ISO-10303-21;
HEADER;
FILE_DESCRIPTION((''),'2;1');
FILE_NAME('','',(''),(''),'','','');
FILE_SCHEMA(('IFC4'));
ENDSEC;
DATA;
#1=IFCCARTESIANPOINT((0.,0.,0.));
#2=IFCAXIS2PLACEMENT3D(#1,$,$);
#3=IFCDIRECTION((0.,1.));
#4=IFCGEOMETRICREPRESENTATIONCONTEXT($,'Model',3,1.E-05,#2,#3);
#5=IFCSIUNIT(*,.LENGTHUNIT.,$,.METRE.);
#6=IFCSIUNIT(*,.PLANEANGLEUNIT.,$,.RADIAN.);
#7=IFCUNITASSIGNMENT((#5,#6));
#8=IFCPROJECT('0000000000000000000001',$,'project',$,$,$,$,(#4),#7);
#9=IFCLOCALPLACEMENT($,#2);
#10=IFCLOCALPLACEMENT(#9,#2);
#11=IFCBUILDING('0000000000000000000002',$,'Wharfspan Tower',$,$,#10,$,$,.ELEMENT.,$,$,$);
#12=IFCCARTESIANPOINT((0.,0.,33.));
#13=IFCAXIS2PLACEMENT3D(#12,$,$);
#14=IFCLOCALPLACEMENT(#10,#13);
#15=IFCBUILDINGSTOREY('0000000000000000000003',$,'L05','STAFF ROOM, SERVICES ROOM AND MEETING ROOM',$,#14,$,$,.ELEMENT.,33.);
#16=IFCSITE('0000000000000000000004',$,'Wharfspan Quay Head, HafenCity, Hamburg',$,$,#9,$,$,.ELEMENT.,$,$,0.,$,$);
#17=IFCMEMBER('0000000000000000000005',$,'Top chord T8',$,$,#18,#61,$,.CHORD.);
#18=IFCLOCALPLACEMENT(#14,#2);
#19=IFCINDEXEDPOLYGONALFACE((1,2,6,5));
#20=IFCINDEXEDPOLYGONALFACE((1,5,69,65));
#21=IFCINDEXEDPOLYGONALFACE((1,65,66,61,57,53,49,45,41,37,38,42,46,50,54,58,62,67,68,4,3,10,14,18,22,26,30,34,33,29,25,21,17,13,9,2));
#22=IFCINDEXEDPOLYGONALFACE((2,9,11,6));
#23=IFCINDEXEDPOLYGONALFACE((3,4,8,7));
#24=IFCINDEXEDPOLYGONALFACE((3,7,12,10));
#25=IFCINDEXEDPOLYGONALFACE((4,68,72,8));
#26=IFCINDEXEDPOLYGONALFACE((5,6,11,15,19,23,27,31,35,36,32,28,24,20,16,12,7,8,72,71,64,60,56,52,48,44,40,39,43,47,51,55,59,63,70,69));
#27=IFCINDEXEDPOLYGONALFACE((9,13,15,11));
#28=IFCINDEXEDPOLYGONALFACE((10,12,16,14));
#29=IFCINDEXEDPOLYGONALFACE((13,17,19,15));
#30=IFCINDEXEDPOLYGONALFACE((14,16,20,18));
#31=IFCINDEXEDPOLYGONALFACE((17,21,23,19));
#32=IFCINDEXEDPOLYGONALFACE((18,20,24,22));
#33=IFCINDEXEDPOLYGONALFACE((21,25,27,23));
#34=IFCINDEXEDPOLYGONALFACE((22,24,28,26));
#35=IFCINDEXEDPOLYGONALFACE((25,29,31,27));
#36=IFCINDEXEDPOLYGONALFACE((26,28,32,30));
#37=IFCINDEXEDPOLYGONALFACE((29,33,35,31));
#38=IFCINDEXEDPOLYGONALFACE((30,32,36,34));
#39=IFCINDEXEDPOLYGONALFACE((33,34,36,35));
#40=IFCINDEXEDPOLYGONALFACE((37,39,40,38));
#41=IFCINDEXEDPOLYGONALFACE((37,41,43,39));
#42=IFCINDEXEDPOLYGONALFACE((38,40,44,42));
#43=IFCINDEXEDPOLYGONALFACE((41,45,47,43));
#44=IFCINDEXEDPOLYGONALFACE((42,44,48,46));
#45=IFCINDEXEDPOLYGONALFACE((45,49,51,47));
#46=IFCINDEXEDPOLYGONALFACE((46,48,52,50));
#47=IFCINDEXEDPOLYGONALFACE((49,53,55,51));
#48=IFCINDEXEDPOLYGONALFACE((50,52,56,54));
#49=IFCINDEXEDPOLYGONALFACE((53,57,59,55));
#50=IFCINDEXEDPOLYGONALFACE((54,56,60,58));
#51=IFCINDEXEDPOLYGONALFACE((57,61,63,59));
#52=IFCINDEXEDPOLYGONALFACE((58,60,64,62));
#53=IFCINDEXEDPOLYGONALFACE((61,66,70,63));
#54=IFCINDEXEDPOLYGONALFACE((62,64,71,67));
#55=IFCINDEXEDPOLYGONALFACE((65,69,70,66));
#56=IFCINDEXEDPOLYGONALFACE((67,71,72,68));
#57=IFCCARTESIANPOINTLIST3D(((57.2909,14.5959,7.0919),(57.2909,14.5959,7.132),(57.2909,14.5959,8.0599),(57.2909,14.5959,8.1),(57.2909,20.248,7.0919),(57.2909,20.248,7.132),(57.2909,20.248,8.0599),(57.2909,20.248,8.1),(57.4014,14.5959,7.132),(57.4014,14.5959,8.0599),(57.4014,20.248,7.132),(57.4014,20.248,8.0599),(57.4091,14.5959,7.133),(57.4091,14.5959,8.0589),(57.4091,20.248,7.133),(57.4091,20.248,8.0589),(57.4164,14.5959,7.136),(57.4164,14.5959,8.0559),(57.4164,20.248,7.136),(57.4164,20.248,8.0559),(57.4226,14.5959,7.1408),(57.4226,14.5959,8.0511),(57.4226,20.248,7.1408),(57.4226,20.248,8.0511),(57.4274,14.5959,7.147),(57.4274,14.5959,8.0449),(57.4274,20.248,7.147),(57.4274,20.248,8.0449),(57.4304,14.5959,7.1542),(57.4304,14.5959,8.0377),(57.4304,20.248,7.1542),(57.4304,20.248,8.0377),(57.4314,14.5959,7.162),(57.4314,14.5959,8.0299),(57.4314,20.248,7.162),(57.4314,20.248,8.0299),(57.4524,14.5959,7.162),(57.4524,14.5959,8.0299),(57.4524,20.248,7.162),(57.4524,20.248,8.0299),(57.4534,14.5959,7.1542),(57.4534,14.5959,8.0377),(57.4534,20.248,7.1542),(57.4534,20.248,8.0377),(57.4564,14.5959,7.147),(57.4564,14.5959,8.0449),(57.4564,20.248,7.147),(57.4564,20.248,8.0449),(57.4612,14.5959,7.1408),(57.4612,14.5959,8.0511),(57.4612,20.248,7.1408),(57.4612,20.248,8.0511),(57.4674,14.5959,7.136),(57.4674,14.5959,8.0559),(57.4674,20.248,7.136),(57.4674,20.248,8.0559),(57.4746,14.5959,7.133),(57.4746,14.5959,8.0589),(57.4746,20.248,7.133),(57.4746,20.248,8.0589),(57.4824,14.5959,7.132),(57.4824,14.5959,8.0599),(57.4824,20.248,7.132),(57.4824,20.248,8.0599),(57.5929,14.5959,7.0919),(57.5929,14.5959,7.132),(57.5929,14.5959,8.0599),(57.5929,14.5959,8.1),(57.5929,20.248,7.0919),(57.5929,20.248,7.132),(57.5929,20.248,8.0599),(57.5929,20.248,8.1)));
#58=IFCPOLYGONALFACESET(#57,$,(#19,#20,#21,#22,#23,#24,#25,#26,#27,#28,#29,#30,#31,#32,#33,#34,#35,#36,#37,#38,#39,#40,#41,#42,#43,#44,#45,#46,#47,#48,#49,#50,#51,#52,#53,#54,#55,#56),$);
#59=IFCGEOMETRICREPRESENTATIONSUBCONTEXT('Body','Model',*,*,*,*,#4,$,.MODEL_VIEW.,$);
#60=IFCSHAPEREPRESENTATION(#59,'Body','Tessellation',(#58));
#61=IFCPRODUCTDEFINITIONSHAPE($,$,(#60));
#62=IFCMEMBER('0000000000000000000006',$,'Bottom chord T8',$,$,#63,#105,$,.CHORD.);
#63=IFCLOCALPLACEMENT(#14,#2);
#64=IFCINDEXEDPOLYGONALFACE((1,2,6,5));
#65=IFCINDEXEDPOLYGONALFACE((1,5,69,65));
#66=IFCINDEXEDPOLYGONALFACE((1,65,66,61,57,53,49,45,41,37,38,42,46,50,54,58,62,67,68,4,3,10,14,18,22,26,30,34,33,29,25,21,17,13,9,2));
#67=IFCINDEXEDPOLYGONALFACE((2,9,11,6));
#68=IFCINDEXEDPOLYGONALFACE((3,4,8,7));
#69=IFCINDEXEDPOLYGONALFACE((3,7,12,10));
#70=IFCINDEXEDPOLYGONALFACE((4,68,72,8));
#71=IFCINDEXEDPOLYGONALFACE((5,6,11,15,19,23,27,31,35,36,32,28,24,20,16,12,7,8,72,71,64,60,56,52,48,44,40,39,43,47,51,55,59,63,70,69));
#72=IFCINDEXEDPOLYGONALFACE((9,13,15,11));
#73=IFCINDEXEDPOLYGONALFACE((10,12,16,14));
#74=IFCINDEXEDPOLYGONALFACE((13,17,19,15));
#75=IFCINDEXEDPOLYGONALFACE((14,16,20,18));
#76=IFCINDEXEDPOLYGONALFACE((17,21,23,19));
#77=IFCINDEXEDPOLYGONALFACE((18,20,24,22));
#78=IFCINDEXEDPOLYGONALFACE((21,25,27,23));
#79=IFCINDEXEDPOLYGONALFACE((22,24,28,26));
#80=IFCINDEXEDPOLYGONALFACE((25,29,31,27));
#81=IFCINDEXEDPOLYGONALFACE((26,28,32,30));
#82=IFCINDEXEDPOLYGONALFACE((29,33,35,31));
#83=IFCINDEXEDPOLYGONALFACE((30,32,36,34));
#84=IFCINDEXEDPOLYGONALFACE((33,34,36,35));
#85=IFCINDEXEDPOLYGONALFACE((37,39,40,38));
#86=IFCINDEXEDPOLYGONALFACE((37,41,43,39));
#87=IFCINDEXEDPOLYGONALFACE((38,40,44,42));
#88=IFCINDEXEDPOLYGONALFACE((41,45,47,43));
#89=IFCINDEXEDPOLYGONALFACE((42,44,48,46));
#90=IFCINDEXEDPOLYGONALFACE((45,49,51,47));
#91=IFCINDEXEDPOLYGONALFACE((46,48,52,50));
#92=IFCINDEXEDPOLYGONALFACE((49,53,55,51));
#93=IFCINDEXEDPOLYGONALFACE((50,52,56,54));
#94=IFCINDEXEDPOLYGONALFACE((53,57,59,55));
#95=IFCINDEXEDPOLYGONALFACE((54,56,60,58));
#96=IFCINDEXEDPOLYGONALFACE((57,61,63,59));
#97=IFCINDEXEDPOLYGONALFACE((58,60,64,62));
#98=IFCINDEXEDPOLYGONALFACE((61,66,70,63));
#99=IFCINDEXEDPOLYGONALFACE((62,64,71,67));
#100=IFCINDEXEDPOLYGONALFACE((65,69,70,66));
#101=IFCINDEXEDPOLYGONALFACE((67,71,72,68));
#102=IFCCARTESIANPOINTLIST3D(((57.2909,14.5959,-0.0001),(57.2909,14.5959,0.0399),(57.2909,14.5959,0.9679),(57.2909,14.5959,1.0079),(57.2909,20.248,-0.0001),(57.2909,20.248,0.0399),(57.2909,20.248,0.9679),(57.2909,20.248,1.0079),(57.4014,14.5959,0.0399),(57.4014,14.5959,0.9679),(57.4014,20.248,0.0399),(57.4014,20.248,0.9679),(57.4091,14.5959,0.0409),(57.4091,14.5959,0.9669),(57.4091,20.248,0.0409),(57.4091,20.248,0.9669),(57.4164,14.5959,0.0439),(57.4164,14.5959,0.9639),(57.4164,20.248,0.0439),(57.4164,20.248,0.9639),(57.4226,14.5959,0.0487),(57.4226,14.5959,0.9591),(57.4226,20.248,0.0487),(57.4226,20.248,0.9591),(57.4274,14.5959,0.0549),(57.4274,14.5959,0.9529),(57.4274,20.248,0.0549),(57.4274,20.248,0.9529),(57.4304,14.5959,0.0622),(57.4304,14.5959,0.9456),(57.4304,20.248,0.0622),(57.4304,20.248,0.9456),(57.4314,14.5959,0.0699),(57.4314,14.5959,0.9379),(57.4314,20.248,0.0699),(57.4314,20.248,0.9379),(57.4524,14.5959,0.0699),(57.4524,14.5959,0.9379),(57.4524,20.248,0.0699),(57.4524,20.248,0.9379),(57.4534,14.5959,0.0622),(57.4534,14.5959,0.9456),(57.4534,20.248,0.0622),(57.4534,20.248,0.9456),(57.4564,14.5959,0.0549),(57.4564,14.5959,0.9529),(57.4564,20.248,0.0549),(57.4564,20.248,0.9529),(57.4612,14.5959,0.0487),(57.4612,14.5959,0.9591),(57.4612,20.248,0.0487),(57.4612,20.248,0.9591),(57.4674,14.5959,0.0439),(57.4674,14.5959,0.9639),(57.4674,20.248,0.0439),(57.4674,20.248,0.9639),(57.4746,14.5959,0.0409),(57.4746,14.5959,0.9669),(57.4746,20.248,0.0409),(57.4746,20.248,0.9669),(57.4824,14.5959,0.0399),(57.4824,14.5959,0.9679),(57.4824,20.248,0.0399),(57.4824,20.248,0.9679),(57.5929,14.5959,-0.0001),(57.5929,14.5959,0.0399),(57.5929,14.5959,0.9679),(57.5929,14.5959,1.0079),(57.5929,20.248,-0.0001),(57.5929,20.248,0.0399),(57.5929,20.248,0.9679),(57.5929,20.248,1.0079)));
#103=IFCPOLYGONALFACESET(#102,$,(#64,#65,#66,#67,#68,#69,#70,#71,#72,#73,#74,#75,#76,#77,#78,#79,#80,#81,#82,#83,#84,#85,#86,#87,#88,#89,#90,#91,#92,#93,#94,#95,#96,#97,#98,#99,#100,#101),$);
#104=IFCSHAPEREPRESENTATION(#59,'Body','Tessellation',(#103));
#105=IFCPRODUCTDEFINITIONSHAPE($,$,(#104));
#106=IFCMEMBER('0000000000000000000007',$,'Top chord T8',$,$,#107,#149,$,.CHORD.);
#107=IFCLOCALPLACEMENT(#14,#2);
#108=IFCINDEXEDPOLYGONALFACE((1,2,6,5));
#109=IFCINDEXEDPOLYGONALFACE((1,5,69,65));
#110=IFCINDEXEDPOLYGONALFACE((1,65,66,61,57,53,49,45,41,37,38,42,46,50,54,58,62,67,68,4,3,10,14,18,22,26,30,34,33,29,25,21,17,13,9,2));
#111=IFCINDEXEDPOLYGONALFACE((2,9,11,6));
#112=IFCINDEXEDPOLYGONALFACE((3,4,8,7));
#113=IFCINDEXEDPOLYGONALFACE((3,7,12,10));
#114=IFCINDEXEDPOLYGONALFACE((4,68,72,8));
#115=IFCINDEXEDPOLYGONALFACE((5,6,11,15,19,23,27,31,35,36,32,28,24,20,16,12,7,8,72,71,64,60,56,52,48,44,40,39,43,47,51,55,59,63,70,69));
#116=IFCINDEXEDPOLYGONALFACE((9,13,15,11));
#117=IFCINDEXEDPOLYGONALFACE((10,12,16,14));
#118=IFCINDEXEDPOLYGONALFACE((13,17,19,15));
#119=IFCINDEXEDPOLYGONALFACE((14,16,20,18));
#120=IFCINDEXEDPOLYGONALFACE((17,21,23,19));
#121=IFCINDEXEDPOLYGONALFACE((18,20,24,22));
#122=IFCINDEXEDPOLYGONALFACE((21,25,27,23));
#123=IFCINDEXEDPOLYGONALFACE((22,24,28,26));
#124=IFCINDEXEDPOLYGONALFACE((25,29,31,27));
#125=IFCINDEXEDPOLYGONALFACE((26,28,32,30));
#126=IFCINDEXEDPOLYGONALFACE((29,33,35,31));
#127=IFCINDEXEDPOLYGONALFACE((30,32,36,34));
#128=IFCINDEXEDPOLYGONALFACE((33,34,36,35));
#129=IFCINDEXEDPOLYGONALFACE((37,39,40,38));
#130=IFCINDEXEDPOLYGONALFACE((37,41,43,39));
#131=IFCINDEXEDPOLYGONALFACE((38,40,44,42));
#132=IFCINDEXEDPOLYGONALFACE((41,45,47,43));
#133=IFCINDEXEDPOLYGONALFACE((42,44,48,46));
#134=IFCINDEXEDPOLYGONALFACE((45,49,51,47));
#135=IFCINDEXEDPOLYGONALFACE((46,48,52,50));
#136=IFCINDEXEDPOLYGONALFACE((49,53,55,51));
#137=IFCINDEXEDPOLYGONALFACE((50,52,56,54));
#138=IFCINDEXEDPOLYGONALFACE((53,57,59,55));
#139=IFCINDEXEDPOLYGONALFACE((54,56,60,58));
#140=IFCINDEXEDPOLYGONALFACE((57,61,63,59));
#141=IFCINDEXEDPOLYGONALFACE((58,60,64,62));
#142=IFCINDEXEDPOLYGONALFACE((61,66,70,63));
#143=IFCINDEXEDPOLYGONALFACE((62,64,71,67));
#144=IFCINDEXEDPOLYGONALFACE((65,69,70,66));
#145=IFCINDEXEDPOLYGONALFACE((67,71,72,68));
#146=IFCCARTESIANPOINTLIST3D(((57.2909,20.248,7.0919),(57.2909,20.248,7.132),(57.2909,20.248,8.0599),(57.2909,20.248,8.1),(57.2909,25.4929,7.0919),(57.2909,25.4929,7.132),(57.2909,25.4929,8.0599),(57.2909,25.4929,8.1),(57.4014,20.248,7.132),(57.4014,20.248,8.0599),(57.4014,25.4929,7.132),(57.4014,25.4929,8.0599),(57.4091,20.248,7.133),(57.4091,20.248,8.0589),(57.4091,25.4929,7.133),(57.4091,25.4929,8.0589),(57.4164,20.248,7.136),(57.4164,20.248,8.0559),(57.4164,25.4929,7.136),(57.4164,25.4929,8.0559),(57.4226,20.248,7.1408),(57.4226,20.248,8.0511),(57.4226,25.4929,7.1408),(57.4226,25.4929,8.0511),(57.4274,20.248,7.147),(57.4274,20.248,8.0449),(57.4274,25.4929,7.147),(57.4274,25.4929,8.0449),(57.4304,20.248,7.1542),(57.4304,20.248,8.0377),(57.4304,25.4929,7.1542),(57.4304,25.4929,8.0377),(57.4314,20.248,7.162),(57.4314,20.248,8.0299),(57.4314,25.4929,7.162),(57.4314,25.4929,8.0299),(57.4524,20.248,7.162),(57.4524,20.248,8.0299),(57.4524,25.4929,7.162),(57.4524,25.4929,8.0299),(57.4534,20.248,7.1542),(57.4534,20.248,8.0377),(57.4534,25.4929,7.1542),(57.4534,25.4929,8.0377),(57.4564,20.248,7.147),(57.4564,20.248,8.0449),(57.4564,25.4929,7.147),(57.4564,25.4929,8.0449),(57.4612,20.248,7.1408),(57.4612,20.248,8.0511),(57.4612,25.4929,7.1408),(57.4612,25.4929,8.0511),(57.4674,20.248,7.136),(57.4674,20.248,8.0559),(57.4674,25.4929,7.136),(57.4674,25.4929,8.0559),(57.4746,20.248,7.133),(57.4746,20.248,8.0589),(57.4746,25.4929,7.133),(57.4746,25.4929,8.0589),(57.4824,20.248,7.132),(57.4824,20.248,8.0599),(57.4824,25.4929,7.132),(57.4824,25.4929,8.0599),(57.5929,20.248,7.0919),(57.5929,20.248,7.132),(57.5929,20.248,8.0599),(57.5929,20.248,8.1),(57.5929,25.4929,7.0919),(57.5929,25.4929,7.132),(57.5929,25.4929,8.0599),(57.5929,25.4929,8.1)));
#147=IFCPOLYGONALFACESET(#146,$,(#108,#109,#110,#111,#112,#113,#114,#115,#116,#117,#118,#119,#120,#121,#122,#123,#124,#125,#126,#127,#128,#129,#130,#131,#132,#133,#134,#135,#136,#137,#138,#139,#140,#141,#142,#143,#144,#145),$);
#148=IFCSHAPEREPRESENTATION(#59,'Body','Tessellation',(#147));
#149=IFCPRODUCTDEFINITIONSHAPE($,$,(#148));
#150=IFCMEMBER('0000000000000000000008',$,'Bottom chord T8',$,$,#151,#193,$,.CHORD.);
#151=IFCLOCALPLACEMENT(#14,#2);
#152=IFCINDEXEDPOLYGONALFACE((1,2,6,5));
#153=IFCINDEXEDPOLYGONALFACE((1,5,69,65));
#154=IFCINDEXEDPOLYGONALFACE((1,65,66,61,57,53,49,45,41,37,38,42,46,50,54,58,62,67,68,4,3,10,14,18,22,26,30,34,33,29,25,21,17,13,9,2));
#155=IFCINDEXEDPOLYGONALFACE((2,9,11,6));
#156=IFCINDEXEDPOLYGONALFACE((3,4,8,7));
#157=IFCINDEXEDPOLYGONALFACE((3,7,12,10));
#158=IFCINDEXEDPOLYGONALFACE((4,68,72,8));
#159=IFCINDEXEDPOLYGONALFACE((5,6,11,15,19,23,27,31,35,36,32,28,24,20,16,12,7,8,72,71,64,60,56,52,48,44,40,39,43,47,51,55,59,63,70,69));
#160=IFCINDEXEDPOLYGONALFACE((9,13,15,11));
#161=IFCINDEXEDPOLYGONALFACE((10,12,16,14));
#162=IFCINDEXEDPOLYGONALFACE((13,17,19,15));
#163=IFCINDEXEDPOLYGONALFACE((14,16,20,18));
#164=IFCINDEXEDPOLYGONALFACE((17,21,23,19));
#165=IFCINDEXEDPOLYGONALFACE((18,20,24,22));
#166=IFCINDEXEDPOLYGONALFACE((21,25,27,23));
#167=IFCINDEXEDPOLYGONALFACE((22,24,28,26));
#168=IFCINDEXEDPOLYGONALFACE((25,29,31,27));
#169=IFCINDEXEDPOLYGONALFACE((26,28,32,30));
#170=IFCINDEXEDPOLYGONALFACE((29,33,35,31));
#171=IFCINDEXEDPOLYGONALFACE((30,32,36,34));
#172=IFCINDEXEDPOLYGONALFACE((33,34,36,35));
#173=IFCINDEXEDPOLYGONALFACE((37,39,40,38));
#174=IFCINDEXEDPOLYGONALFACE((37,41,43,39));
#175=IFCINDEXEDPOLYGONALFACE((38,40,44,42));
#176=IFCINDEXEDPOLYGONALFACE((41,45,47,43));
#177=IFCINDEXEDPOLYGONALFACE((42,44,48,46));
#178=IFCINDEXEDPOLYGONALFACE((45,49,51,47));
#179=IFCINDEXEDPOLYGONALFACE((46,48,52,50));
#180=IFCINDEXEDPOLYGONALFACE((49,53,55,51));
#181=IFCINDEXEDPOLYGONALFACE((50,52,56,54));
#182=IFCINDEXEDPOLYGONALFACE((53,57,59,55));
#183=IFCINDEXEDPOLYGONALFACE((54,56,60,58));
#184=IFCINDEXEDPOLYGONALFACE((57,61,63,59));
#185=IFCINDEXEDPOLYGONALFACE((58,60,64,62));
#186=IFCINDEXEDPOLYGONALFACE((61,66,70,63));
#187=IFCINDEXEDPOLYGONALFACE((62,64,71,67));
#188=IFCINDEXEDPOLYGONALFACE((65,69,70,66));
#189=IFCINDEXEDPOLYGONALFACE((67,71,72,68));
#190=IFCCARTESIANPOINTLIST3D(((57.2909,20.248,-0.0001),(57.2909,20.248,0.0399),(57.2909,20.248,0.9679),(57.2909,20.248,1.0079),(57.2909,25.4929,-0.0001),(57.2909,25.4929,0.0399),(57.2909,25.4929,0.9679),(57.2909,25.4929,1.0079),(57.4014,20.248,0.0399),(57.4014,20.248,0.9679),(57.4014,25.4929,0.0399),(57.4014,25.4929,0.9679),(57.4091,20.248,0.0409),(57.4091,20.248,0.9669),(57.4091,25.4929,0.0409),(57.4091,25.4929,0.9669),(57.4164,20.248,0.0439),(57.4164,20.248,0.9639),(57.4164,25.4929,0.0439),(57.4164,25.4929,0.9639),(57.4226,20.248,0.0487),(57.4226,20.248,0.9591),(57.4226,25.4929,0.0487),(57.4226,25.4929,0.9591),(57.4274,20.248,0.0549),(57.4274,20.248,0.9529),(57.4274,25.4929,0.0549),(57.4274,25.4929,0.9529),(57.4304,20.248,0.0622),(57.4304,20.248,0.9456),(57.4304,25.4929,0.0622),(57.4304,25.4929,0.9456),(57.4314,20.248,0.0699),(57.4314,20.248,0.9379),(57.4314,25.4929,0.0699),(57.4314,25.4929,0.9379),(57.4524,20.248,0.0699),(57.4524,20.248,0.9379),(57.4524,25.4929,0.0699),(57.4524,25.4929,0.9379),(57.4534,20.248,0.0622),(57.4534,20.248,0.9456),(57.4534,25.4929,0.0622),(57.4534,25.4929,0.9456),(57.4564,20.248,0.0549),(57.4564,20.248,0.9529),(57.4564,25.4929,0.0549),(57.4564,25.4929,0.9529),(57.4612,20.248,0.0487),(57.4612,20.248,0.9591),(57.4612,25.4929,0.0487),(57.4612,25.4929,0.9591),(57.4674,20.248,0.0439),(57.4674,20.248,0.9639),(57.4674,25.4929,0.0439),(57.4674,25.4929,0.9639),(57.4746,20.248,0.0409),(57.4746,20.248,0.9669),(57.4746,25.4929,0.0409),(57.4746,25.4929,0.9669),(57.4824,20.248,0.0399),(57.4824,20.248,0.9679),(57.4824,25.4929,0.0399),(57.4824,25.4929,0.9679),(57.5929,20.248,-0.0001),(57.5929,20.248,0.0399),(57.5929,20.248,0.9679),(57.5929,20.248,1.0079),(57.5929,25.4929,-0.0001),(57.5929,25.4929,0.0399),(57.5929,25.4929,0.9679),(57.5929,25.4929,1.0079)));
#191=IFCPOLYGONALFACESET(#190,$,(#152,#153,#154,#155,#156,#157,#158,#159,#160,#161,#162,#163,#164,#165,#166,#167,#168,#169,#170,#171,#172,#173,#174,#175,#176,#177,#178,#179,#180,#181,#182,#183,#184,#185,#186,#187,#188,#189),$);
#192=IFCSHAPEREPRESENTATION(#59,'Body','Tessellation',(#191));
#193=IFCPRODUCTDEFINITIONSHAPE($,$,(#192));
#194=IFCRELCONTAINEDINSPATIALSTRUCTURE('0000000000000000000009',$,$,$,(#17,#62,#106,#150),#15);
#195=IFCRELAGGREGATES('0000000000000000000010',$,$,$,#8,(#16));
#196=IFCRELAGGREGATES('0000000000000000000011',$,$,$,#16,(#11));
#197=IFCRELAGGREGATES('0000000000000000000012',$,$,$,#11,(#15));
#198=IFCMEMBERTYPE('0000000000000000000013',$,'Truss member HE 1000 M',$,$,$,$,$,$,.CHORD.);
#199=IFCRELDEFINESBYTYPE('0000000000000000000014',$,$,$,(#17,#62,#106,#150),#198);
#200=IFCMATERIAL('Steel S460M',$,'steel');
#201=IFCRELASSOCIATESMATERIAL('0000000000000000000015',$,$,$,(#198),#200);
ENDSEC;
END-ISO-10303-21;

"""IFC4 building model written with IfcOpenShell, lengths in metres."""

from ifc_helpers import new_model, si_unit, direction, frame, origin, origin_2d, place, context, subcontext, project, spatial, i_section, extrude, material, material_profile, profile_set, type_object, element, save


model = new_model("IFC4")

# Units and contexts
model_context = context("Model", 3, precision=1e-05, world=origin(), true_north=direction((0.0, 1.0)))
body_context = subcontext(model_context, "Body", "Model", "MODEL_VIEW")
ifc_project = project(units=[si_unit("LENGTHUNIT", "METRE"), si_unit("PLANEANGLEUNIT", "RADIAN")], contexts=[model_context])

# Site, building, storey
site_placement = place(None, origin())
site = spatial("IfcSite", under=ifc_project, at=site_placement, Name="Wharfspan Quay Head, HafenCity, Hamburg", CompositionType="ELEMENT", RefElevation=0.0)
building_placement = place(site_placement, origin())
building = spatial("IfcBuilding", under=site, at=building_placement, Name="Wharfspan Tower", CompositionType="ELEMENT")
storey_placement = place(building_placement, frame((0.0, 0.0, 33.0)))
storey = spatial("IfcBuildingStorey", under=building, at=storey_placement, Name="L05", Description="STAFF ROOM, SERVICES ROOM AND MEETING ROOM", CompositionType="ELEMENT", Elevation=33.0)

# Members
ifc_material_1 = material(Name="Steel S460M", Category="steel")
ifc_material_profile_1 = material_profile(ifc_material_1, i_section(OverallWidth=0.302, OverallDepth=1.0081, WebThickness=0.021, FlangeThickness=0.04, FilletRadius=0.03, at=origin_2d()))
ifc_profile_set_1 = profile_set([ifc_material_profile_1], Name="Steel S460M")
member_type_1 = type_object("IfcMemberType", Name="Truss member HE 1000 M", PredefinedType="CHORD", material=ifc_profile_set_1)
for number, where, z_axis, x_axis, name in (
    (1, (57.4419, 14.5959, 7.5959), (0.0, 1.0, 0.0), (-1.0, 0.0, 0.0), "Top chord T8"),
    (2, (57.4419, 14.5959, 0.5039), (0.0, 1.0, 0.0), (-1.0, 0.0, 0.0), "Bottom chord T8"),
):
    element("IfcMember", number, at=place(storey_placement, frame(where, z_axis=z_axis, x_axis=x_axis)), inside=storey, type_object=member_type_1, Name=name, PredefinedType="CHORD", context=body_context, shape_type="SweptSolid", body=[
        extrude(i_section(OverallWidth=0.302, OverallDepth=1.0081, WebThickness=0.021, FlangeThickness=0.04, FilletRadius=0.03, at=origin_2d()), origin(), (0.0, 0.0, 1.0), 5.6521),
    ])
for number, where, z_axis, x_axis, name in (
    (3, (57.4419, 20.248, 7.5959), (0.0, 1.0, 0.0), (-1.0, 0.0, 0.0), "Top chord T8"),
    (4, (57.4419, 20.248, 0.5039), (0.0, 1.0, 0.0), (-1.0, 0.0, 0.0), "Bottom chord T8"),
):
    element("IfcMember", number, at=place(storey_placement, frame(where, z_axis=z_axis, x_axis=x_axis)), inside=storey, type_object=member_type_1, Name=name, PredefinedType="CHORD", context=body_context, shape_type="SweptSolid", body=[
        extrude(i_section(OverallWidth=0.302, OverallDepth=1.0081, WebThickness=0.021, FlangeThickness=0.04, FilletRadius=0.03, at=origin_2d()), origin(), (0.0, 0.0, 1.0), 5.2449),
    ])

save(model, "model.ifc")
